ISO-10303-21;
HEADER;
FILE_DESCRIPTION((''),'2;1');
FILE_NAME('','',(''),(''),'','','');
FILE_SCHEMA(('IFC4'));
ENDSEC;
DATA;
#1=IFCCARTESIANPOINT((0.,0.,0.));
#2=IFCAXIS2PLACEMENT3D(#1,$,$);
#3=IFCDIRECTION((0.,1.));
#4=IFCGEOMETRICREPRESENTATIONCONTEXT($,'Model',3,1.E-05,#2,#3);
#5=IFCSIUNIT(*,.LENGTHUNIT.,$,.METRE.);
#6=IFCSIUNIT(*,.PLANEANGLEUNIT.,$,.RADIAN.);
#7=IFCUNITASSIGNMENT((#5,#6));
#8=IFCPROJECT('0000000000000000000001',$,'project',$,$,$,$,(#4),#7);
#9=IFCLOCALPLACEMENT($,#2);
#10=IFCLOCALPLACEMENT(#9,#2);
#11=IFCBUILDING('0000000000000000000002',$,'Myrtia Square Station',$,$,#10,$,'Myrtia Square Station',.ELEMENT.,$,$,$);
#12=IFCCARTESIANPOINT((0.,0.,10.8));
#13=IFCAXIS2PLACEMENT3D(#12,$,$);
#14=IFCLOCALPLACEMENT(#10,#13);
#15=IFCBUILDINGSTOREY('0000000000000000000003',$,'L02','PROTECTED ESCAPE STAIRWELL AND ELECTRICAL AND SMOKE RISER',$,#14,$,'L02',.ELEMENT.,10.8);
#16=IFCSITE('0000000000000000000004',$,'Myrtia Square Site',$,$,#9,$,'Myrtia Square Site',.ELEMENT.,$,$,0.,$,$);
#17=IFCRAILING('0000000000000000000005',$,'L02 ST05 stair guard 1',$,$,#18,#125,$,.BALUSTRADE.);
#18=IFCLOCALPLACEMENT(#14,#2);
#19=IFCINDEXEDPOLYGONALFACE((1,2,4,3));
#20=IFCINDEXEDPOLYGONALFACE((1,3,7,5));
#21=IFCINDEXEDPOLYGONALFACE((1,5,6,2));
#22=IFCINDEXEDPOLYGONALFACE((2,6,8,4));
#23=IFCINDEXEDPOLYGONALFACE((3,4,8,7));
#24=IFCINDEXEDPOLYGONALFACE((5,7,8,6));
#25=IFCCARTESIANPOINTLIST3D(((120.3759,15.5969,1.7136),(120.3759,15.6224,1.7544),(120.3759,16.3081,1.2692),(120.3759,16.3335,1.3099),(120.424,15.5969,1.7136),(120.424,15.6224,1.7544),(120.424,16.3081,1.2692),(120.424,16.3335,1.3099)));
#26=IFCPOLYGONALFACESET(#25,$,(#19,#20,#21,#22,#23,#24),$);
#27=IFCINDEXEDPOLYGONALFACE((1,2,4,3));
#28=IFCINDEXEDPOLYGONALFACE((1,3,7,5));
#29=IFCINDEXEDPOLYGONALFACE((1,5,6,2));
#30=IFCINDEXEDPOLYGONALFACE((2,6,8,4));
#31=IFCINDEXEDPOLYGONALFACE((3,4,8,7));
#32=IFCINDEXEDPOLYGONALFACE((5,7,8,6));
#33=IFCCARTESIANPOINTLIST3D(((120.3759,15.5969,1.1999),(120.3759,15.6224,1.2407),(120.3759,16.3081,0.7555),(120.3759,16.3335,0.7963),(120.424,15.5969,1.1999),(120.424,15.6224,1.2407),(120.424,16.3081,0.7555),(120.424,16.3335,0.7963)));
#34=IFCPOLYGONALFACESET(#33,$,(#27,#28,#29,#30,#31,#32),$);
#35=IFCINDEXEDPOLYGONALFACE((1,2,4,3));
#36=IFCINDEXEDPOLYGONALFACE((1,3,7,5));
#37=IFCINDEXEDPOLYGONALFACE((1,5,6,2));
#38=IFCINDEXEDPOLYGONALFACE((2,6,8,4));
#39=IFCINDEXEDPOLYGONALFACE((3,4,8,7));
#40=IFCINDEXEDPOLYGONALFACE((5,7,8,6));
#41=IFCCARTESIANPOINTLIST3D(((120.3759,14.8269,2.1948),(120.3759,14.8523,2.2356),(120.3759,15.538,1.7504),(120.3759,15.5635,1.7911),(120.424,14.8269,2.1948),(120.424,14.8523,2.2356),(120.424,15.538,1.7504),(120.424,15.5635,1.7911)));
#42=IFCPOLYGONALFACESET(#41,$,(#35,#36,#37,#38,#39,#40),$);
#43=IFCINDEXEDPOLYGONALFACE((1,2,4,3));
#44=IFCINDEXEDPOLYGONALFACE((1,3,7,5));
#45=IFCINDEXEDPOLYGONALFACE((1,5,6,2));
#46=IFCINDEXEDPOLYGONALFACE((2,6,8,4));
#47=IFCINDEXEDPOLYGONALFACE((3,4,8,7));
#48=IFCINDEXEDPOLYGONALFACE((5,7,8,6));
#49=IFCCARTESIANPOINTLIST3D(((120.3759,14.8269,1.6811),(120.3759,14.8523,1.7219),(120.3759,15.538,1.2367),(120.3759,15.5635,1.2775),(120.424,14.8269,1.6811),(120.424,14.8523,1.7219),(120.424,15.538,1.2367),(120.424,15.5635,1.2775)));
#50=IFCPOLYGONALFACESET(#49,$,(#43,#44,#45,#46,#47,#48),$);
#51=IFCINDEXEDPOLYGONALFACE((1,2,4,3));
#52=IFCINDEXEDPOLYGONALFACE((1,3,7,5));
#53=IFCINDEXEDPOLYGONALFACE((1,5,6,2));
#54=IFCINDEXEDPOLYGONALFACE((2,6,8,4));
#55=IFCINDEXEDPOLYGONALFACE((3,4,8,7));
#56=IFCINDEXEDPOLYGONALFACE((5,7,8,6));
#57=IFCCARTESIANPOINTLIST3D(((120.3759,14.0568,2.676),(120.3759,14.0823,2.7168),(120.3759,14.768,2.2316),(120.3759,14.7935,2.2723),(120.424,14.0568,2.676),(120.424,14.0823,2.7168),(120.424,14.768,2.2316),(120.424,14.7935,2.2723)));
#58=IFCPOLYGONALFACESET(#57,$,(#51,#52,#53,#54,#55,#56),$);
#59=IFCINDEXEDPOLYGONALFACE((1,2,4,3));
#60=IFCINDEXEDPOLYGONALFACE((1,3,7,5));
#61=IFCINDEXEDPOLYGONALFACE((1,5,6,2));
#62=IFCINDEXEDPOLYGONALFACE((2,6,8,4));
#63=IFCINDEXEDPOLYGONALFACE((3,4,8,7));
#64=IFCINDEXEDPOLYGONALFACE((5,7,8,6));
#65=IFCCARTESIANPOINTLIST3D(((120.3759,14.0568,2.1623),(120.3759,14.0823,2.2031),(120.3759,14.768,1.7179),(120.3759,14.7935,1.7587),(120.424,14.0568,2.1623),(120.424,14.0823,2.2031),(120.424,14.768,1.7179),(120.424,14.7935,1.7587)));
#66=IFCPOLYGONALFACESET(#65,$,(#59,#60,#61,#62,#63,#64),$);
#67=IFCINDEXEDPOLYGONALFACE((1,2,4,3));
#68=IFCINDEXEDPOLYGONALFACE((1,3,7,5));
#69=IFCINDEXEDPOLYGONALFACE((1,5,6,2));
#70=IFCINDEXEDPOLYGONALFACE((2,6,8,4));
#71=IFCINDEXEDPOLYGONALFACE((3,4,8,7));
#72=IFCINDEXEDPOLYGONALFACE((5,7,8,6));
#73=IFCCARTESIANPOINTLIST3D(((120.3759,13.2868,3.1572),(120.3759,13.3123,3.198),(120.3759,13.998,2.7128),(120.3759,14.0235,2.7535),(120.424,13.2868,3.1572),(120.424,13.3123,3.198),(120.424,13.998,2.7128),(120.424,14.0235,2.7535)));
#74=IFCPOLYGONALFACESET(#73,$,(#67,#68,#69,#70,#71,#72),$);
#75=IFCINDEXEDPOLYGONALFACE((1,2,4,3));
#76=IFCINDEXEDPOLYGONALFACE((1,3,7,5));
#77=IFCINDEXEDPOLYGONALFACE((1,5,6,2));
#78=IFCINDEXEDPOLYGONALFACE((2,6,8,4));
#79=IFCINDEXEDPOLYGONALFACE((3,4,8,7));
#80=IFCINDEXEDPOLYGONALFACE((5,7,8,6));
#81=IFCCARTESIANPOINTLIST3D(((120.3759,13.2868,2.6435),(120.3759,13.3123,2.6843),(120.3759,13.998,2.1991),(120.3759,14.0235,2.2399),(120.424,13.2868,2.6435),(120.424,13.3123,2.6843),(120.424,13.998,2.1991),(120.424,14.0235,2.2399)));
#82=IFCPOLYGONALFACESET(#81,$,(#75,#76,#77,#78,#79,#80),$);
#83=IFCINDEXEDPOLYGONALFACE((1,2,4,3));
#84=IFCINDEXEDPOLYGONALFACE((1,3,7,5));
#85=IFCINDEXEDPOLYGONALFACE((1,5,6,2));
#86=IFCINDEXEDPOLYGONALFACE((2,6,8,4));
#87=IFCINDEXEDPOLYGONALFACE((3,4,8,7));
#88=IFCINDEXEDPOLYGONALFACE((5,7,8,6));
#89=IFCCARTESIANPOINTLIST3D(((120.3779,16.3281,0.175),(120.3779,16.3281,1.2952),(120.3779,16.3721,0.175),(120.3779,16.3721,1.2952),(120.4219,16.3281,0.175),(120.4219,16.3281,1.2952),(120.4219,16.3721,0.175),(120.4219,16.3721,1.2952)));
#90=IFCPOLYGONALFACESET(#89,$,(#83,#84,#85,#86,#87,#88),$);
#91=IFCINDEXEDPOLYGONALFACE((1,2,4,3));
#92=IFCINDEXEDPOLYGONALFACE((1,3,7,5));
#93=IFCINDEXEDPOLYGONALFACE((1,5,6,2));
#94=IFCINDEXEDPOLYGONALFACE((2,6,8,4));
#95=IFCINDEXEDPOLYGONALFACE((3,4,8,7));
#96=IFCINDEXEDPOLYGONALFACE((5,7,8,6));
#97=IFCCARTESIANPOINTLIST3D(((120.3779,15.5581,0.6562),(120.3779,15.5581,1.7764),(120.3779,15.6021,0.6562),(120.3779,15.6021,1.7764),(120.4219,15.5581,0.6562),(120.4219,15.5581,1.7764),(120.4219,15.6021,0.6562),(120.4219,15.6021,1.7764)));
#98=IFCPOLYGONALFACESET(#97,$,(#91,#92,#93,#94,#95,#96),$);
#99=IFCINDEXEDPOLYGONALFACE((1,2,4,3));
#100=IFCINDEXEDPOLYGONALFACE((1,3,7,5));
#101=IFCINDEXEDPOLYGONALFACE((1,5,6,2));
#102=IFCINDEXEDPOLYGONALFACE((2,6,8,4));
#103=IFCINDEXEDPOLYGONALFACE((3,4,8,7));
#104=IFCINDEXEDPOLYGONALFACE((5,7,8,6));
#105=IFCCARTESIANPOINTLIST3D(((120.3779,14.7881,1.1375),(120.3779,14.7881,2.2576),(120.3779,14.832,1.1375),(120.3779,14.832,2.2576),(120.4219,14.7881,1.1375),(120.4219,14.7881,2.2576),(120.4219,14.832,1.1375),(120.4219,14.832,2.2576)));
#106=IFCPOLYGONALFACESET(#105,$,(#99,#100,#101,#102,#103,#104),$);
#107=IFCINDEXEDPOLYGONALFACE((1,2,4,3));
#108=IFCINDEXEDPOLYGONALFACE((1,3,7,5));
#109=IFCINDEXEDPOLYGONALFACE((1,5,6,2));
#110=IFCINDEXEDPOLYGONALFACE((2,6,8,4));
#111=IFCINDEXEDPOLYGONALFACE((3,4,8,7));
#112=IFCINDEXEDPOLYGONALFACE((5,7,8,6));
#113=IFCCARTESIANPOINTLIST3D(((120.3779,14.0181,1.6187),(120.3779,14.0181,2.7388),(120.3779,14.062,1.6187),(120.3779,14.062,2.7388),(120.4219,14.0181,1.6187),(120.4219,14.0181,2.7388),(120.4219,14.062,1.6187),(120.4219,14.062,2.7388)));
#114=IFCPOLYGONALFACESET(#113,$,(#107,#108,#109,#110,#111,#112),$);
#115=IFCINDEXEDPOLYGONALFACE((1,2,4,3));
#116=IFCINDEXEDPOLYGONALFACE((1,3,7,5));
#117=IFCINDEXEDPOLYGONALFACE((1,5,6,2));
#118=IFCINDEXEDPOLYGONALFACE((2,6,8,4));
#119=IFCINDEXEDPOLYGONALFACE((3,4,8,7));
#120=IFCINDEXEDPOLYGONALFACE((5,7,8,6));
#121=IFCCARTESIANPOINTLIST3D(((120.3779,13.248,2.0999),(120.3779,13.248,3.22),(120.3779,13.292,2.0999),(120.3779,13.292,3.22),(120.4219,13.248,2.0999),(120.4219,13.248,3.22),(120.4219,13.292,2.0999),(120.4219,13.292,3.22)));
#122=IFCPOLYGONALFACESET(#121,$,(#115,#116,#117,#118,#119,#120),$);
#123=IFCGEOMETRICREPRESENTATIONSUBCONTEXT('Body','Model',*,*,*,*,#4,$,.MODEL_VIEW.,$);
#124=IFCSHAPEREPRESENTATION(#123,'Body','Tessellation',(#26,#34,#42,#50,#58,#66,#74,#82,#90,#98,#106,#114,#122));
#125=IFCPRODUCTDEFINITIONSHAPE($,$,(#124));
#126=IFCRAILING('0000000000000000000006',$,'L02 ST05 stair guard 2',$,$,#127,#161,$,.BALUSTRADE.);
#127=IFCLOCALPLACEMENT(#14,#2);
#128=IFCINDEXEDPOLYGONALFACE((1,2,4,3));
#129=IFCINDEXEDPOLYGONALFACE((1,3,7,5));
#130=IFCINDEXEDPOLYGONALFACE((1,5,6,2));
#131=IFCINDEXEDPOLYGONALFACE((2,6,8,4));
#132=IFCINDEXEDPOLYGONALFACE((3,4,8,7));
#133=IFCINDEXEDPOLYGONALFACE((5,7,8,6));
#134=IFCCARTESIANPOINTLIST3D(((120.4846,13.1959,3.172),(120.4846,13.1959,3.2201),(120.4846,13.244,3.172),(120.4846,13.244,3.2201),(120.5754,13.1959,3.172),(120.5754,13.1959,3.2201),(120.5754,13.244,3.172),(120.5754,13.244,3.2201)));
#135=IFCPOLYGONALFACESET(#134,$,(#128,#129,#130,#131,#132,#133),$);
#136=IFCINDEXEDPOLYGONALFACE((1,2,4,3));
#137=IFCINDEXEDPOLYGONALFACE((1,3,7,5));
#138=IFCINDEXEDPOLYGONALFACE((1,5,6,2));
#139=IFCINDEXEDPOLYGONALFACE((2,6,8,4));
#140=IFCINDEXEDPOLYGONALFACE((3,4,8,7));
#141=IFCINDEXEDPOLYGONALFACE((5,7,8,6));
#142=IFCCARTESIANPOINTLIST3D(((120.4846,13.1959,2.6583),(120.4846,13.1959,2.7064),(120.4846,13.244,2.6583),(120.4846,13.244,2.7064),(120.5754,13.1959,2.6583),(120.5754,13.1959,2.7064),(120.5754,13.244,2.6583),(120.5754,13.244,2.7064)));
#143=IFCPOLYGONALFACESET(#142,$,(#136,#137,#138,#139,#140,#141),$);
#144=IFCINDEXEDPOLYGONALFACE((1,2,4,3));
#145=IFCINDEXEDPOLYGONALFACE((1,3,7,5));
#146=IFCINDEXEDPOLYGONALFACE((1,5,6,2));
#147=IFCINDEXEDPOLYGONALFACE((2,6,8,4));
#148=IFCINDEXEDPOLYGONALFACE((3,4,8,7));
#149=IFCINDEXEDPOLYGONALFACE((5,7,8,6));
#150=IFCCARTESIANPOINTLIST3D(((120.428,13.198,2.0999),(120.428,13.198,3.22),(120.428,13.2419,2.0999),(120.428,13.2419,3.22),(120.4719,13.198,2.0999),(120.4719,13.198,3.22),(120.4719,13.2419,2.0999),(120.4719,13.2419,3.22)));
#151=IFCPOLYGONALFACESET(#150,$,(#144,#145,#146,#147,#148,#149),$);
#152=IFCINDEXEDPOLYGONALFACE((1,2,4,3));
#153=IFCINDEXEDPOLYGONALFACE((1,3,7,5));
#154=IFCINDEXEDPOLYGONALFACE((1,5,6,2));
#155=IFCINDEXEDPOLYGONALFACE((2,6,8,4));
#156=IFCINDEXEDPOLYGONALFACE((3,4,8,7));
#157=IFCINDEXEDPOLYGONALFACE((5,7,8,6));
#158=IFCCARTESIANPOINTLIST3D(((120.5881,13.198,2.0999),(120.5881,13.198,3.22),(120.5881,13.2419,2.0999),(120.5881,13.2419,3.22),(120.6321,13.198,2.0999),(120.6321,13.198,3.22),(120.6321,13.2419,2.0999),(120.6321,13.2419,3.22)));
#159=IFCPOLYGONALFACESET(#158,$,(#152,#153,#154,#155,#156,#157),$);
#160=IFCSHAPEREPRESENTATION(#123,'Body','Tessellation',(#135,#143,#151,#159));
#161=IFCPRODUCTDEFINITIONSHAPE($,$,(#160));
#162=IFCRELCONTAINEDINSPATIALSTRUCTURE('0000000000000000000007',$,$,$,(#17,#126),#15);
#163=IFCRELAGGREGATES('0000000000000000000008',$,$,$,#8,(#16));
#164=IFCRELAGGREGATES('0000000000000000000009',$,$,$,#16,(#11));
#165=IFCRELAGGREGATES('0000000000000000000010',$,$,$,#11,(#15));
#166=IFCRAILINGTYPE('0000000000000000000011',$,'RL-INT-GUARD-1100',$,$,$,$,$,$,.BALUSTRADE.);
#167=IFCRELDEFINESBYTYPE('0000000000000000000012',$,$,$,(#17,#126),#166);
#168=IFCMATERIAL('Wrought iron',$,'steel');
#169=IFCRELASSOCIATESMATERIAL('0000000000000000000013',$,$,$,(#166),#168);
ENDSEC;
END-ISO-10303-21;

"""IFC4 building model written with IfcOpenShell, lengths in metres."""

from ifc_helpers import new_model, si_unit, direction, frame, origin, origin_2d, place, context, subcontext, project, spatial, rectangle, extrude, material, type_object, element, save


model = new_model("IFC4")

# Units and contexts
model_context = context("Model", 3, precision=1e-05, world=origin(), true_north=direction((0.0, 1.0)))
body_context = subcontext(model_context, "Body", "Model", "MODEL_VIEW")
ifc_project = project(units=[si_unit("LENGTHUNIT", "METRE"), si_unit("PLANEANGLEUNIT", "RADIAN")], contexts=[model_context])

# Site, building, storey
site_placement = place(None, origin())
site = spatial("IfcSite", under=ifc_project, at=site_placement, Name="Myrtia Square Site", LongName="Myrtia Square Site", CompositionType="ELEMENT", RefElevation=0.0)
building_placement = place(site_placement, origin())
building = spatial("IfcBuilding", under=site, at=building_placement, Name="Myrtia Square Station", LongName="Myrtia Square Station", CompositionType="ELEMENT")
storey_placement = place(building_placement, frame((0.0, 0.0, 10.8)))
storey = spatial("IfcBuildingStorey", under=building, at=storey_placement, Name="L02", Description="PROTECTED ESCAPE STAIRWELL AND ELECTRICAL AND SMOKE RISER", LongName="L02", CompositionType="ELEMENT", Elevation=10.8)

# Railings
ifc_material_1 = material(Name="Wrought iron", Category="steel")
railing_type_1 = type_object("IfcRailingType", Name="RL-INT-GUARD-1100", PredefinedType="BALUSTRADE", material=ifc_material_1)
railing_1_placement = place(storey_placement, frame((120.3999, 16.3501, 0.175)))
element("IfcRailing", 1, at=railing_1_placement, inside=storey, type_object=railing_type_1, Name="L02 ST05 stair guard 1", PredefinedType="BALUSTRADE", context=body_context, shape_type="SweptSolid", body=[
    extrude(rectangle(XDim=0.0481, YDim=0.0481, at=origin_2d()), frame((0.0, -0.0293, 1.1145), z_axis=(0.0, -0.848029, 0.529951), x_axis=(1.0, 0.0, 0.0)), (0.0, 0.0, 1.0), 0.8386),
    extrude(rectangle(XDim=0.0481, YDim=0.0481, at=origin_2d()), frame((0.0, -0.0293, 0.6008), z_axis=(0.0, -0.848029, 0.529951), x_axis=(1.0, 0.0, 0.0)), (0.0, 0.0, 1.0), 0.8386),
    extrude(rectangle(XDim=0.0481, YDim=0.0481, at=origin_2d()), frame((0.0, -0.7993, 1.5957), z_axis=(0.0, -0.848029, 0.529951), x_axis=(1.0, 0.0, 0.0)), (0.0, 0.0, 1.0), 0.8386),
    extrude(rectangle(XDim=0.0481, YDim=0.0481, at=origin_2d()), frame((0.0, -0.7993, 1.082), z_axis=(0.0, -0.848029, 0.529951), x_axis=(1.0, 0.0, 0.0)), (0.0, 0.0, 1.0), 0.8386),
    extrude(rectangle(XDim=0.0481, YDim=0.0481, at=origin_2d()), frame((0.0, -1.5693, 2.0769), z_axis=(0.0, -0.848029, 0.529951), x_axis=(1.0, 0.0, 0.0)), (0.0, 0.0, 1.0), 0.8386),
    extrude(rectangle(XDim=0.0481, YDim=0.0481, at=origin_2d()), frame((0.0, -1.5693, 1.5632), z_axis=(0.0, -0.848029, 0.529951), x_axis=(1.0, 0.0, 0.0)), (0.0, 0.0, 1.0), 0.8386),
    extrude(rectangle(XDim=0.0481, YDim=0.0481, at=origin_2d()), frame((0.0, -2.3394, 2.5581), z_axis=(0.0, -0.848029, 0.529951), x_axis=(1.0, 0.0, 0.0)), (0.0, 0.0, 1.0), 0.8386),
    extrude(rectangle(XDim=0.0481, YDim=0.0481, at=origin_2d()), frame((0.0, -2.3394, 2.0444), z_axis=(0.0, -0.848029, 0.529951), x_axis=(1.0, 0.0, 0.0)), (0.0, 0.0, 1.0), 0.8386),
    extrude(rectangle(XDim=0.0439, YDim=0.0439, at=origin_2d()), origin(), (0.0, 0.0, 1.0), 1.1201),
    extrude(rectangle(XDim=0.0439, YDim=0.0439, at=origin_2d()), frame((0.0, -0.77, 0.4812)), (0.0, 0.0, 1.0), 1.1201),
    extrude(rectangle(XDim=0.0439, YDim=0.0439, at=origin_2d()), frame((0.0, -1.54, 0.9624)), (0.0, 0.0, 1.0), 1.1201),
    extrude(rectangle(XDim=0.0439, YDim=0.0439, at=origin_2d()), frame((0.0, -2.3101, 1.4436)), (0.0, 0.0, 1.0), 1.1201),
    extrude(rectangle(XDim=0.0439, YDim=0.0439, at=origin_2d()), frame((0.0, -3.0801, 1.9248)), (0.0, 0.0, 1.0), 1.1201),
])
railing_2_placement = place(storey_placement, frame((120.45, 13.22, 2.0999)))
element("IfcRailing", 2, at=railing_2_placement, inside=storey, type_object=railing_type_1, Name="L02 ST05 stair guard 2", PredefinedType="BALUSTRADE", context=body_context, shape_type="SweptSolid", body=[
    extrude(rectangle(XDim=0.0481, YDim=0.0481, at=origin_2d()), frame((0.0347, 0.0, 1.0962), z_axis=(1.0, 0.0, 0.0), x_axis=(0.0, 1.0, 0.0)), (0.0, 0.0, 1.0), 0.0908),
    extrude(rectangle(XDim=0.0481, YDim=0.0481, at=origin_2d()), frame((0.0347, 0.0, 0.5825), z_axis=(1.0, 0.0, 0.0), x_axis=(0.0, 1.0, 0.0)), (0.0, 0.0, 1.0), 0.0908),
    extrude(rectangle(XDim=0.0439, YDim=0.0439, at=origin_2d()), origin(), (0.0, 0.0, 1.0), 1.1201),
    extrude(rectangle(XDim=0.0439, YDim=0.0439, at=origin_2d()), frame((0.1602, 0.0, 0.0)), (0.0, 0.0, 1.0), 1.1201),
])

save(model, "model.ifc")
